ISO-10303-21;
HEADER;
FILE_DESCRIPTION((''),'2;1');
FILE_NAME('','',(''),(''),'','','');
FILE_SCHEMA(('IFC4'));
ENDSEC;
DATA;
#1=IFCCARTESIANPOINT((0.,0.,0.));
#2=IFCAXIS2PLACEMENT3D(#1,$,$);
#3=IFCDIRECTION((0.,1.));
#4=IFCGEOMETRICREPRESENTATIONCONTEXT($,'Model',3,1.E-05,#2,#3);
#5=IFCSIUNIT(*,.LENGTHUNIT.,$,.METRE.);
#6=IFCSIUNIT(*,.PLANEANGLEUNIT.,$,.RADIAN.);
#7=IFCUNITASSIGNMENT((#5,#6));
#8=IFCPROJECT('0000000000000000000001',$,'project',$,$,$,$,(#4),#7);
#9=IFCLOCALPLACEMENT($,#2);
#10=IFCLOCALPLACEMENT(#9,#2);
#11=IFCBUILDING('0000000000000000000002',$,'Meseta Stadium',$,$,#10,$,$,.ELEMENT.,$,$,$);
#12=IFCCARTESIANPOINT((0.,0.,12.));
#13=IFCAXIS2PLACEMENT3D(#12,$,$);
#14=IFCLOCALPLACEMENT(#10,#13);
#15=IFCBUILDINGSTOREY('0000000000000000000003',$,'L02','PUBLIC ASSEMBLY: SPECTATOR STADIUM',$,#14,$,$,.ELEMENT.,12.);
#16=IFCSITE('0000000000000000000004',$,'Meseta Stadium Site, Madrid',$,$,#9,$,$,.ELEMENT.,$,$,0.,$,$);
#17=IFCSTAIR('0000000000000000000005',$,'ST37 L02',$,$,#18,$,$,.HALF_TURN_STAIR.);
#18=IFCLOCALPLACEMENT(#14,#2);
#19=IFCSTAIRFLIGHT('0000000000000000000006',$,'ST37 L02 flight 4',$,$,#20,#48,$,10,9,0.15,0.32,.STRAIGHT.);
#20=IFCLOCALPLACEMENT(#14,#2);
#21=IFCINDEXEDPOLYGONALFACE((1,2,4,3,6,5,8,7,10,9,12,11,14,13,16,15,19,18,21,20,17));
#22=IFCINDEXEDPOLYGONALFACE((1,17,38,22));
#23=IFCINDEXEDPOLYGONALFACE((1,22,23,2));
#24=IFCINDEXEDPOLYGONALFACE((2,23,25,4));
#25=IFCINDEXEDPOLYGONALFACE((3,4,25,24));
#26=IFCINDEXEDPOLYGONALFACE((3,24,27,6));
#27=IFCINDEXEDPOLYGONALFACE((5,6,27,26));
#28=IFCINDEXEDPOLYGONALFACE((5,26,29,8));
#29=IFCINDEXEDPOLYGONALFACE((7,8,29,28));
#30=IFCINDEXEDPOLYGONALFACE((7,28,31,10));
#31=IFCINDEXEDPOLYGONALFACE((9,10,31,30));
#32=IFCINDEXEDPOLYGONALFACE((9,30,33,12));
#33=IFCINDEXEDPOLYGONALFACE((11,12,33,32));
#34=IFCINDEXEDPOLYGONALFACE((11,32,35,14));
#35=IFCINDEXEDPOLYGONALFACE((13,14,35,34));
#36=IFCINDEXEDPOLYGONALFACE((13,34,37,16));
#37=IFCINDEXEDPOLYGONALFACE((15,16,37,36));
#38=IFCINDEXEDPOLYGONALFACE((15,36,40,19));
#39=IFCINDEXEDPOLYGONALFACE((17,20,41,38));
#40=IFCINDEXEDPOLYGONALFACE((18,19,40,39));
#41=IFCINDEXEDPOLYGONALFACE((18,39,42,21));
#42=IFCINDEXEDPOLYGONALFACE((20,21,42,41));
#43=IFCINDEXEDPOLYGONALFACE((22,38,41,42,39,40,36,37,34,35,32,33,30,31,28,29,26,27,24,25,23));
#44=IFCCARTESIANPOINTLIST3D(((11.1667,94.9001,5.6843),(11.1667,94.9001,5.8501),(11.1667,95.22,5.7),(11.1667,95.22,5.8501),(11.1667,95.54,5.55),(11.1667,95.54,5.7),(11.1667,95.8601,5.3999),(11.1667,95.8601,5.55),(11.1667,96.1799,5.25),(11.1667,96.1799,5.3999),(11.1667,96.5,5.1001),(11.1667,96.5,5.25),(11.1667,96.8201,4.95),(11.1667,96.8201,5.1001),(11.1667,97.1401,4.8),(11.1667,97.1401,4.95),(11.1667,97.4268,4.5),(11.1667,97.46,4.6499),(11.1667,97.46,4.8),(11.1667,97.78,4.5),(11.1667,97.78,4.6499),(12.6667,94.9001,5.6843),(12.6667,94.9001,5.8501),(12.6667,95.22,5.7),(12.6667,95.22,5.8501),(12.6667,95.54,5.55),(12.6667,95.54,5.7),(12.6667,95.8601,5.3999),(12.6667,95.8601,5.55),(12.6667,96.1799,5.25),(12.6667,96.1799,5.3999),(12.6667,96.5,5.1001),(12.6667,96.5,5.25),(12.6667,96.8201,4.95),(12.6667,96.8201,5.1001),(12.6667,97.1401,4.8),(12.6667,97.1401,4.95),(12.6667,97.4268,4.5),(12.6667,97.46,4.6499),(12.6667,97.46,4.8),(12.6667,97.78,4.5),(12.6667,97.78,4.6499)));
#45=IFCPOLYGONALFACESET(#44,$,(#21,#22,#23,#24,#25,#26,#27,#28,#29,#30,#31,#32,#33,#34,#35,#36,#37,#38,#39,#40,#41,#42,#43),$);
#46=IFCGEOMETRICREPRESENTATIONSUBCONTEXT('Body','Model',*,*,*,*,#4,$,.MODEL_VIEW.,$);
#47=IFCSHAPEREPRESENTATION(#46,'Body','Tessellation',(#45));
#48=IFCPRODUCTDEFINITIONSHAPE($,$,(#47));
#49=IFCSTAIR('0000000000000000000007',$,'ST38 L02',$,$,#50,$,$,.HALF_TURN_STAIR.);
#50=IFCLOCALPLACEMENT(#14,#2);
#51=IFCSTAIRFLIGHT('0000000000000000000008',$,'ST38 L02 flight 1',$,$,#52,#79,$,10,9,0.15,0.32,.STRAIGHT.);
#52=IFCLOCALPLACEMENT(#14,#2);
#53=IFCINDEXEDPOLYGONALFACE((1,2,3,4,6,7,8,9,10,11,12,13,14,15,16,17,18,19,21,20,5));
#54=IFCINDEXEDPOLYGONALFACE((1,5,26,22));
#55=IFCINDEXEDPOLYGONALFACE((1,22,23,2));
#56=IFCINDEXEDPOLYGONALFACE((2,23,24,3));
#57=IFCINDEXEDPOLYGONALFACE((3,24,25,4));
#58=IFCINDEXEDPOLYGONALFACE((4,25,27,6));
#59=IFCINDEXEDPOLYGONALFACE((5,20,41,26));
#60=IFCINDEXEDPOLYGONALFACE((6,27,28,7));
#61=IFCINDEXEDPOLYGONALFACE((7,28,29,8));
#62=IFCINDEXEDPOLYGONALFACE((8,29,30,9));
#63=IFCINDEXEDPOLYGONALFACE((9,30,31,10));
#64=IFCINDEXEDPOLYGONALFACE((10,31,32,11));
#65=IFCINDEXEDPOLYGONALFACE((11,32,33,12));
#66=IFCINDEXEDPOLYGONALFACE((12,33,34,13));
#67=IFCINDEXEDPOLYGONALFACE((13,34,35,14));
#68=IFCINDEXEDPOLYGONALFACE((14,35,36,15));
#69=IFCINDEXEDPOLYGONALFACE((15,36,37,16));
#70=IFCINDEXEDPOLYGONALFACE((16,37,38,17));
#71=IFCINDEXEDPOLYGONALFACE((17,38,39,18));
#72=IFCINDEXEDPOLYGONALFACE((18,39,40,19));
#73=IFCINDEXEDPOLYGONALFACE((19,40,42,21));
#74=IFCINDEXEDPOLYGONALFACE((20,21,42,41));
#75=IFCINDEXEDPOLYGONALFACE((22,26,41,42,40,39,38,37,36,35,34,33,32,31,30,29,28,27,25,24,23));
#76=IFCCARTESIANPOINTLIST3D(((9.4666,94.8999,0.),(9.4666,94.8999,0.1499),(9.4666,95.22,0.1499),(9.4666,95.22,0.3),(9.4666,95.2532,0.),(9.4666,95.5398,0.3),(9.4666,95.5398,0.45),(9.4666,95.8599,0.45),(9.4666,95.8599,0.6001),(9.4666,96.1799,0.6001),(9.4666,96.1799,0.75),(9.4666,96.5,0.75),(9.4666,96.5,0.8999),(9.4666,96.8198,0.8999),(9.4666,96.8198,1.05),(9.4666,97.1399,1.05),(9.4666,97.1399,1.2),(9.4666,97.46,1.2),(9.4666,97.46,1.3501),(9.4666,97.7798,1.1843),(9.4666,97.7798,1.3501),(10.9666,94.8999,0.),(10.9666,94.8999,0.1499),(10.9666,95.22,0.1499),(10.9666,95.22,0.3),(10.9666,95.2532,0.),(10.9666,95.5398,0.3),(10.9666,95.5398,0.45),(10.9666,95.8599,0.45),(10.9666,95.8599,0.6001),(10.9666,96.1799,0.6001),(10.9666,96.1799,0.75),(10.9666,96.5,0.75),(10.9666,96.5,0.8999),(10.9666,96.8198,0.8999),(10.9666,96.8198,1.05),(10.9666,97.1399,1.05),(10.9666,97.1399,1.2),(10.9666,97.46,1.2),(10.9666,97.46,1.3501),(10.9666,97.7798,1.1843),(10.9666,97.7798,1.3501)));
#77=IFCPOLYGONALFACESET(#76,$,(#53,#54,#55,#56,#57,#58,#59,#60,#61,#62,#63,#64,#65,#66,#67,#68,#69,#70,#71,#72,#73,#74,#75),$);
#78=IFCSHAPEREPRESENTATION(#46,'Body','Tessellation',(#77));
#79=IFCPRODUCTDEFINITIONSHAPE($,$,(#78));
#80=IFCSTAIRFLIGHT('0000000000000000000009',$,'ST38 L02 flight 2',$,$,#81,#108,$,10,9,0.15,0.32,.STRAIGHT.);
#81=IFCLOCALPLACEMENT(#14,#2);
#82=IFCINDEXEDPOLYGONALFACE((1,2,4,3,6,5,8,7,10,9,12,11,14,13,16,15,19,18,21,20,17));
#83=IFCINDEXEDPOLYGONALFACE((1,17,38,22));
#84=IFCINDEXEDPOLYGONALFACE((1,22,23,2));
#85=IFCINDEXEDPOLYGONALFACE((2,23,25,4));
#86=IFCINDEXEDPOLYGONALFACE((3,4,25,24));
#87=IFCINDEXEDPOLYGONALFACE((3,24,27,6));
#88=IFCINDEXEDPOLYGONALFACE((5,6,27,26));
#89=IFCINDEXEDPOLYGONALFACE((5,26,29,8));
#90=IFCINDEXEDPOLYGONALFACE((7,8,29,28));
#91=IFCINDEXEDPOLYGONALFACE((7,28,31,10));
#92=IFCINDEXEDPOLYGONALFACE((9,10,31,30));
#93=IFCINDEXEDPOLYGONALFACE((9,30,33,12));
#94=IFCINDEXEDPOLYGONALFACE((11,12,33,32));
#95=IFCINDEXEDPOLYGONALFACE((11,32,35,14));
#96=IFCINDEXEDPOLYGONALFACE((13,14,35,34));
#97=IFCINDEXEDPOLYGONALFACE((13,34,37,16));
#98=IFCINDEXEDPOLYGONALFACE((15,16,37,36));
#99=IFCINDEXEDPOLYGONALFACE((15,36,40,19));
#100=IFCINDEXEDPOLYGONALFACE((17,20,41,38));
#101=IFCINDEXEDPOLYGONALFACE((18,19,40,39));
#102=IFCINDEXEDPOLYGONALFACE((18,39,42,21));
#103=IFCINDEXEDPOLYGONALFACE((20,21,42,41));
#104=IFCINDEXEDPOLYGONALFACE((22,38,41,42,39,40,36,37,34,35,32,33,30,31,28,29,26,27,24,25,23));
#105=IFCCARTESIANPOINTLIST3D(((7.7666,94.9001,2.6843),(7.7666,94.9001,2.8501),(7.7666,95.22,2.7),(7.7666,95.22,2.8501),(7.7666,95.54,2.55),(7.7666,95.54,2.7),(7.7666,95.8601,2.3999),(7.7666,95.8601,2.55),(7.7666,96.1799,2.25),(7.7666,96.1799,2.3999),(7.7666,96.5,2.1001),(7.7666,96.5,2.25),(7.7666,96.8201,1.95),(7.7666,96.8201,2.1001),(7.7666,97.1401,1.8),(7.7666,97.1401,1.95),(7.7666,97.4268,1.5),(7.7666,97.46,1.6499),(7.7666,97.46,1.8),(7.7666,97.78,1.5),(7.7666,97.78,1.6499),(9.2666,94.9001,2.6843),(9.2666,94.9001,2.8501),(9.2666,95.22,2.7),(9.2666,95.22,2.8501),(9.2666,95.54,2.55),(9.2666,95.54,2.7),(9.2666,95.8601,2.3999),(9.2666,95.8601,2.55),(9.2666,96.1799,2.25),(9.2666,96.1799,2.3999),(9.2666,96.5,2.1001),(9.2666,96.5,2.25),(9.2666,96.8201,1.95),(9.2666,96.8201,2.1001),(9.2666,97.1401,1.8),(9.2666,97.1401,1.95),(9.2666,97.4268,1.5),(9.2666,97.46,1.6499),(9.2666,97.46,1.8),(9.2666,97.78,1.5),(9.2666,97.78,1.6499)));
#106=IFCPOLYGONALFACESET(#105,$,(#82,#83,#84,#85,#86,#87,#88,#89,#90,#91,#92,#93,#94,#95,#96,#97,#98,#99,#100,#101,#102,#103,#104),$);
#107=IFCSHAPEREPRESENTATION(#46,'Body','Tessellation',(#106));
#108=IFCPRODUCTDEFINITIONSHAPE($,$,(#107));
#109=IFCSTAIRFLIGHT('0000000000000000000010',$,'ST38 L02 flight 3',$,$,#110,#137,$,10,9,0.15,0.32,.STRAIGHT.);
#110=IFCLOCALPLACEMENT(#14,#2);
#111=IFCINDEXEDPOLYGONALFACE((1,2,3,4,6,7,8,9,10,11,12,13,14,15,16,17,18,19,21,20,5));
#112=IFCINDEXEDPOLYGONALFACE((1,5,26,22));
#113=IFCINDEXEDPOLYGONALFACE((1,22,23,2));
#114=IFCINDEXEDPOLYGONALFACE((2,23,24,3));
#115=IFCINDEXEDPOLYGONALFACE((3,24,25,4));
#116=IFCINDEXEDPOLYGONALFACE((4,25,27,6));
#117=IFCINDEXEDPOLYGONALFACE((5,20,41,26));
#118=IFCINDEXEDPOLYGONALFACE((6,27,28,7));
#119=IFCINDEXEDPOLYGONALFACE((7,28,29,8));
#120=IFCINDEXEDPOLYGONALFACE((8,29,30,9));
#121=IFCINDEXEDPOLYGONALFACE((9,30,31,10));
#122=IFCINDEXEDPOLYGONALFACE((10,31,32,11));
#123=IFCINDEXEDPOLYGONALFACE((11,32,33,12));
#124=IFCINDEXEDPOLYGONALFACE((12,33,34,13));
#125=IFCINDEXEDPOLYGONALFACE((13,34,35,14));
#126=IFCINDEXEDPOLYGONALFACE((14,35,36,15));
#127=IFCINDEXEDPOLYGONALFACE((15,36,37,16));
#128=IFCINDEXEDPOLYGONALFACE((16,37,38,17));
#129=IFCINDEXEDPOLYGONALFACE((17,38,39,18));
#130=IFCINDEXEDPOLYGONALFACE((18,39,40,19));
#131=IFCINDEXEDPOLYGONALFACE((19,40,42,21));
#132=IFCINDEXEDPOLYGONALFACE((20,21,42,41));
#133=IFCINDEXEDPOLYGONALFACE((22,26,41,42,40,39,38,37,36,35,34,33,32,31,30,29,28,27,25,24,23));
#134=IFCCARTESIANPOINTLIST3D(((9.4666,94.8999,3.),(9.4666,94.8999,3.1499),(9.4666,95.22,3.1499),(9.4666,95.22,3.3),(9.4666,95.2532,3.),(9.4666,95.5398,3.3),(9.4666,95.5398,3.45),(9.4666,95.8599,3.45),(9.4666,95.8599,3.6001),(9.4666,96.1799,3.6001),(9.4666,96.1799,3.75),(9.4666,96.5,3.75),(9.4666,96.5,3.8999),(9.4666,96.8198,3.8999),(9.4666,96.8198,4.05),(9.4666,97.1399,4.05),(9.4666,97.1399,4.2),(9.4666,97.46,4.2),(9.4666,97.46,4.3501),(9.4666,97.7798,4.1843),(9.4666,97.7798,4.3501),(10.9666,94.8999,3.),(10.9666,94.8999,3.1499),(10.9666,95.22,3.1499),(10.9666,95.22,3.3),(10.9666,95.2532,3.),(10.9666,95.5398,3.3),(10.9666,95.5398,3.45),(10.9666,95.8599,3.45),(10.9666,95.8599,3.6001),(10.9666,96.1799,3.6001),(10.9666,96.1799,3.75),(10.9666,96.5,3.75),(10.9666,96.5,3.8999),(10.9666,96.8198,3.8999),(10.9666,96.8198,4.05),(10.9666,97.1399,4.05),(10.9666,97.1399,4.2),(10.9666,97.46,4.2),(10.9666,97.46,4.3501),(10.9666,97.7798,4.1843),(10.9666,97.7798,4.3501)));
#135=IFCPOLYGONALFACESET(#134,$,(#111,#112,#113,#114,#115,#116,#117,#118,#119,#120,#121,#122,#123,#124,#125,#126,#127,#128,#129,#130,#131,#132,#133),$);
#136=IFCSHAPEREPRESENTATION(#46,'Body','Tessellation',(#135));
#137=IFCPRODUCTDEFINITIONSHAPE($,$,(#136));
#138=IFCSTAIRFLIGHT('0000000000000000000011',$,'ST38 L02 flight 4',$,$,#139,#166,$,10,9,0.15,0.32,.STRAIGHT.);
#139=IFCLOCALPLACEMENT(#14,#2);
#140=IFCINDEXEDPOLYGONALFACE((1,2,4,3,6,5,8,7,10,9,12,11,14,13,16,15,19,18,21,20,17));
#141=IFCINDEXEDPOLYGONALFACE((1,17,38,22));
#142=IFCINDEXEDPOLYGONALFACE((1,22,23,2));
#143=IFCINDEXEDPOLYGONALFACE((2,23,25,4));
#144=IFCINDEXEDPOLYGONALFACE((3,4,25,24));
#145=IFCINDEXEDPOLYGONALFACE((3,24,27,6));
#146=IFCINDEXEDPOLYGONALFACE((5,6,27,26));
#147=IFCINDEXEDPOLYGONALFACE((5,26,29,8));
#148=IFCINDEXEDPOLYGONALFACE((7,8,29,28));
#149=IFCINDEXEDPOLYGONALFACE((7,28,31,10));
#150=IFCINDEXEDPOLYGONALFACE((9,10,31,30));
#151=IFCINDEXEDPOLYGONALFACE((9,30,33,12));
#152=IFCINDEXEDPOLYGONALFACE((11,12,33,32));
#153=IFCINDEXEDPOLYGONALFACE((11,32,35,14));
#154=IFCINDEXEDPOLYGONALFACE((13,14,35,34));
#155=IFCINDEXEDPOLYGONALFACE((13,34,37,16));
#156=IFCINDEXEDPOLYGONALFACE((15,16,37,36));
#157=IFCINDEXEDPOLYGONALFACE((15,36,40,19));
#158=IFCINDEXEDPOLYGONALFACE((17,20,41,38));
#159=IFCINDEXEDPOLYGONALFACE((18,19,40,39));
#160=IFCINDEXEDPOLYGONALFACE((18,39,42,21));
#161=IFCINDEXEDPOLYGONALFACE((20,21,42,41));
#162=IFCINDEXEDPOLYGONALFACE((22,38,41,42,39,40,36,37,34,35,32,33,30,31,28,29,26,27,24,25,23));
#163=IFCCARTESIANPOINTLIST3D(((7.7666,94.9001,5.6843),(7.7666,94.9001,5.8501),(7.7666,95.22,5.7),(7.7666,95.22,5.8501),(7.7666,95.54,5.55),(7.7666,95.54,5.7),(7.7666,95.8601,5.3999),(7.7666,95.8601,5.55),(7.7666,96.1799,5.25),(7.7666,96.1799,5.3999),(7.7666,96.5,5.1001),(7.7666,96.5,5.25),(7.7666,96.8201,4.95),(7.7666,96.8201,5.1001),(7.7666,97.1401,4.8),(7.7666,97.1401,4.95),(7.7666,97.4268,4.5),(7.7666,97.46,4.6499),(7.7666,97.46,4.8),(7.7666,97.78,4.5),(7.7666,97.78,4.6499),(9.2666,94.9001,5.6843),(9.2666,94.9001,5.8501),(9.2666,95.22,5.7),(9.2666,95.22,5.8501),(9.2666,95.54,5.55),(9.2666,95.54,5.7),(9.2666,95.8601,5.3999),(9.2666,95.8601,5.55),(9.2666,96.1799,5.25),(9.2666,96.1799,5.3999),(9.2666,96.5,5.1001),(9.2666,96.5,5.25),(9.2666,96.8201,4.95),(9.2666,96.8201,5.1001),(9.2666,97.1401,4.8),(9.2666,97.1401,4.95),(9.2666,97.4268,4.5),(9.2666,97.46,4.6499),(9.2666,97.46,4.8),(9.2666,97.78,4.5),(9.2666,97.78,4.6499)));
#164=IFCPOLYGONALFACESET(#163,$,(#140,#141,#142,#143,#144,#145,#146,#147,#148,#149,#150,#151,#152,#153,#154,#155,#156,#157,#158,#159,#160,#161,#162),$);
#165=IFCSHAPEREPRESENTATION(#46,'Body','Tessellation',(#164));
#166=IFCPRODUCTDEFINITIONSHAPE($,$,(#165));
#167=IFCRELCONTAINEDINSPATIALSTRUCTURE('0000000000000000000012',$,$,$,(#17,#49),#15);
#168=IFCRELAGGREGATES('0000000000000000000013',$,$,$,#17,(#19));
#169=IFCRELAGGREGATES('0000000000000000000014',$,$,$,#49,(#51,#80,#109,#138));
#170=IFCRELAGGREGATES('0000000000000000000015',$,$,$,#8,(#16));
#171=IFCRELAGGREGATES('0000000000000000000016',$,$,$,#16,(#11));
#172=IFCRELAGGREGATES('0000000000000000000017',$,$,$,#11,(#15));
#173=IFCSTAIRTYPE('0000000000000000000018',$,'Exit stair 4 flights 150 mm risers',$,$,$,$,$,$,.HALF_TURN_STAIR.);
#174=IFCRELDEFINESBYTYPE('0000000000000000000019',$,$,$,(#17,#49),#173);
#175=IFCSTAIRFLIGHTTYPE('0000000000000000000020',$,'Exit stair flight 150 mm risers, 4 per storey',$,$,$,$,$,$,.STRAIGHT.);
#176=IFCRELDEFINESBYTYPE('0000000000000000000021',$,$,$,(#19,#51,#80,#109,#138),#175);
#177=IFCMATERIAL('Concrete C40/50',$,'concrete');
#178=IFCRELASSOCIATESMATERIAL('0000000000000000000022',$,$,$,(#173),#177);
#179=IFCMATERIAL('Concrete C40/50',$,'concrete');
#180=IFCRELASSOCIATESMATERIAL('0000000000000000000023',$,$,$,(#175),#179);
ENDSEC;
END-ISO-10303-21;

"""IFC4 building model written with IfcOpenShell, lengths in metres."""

from ifc_helpers import new_model, si_unit, direction, frame, origin, place, context, subcontext, project, spatial, polyline, outline, extrude, material, type_object, element, aggregate, save


model = new_model("IFC4")

# Units and contexts
model_context = context("Model", 3, precision=1e-05, world=origin(), true_north=direction((0.0, 1.0)))
body_context = subcontext(model_context, "Body", "Model", "MODEL_VIEW")
ifc_project = project(units=[si_unit("LENGTHUNIT", "METRE"), si_unit("PLANEANGLEUNIT", "RADIAN")], contexts=[model_context])

# Site, building, storey
site_placement = place(None, origin())
site = spatial("IfcSite", under=ifc_project, at=site_placement, Name="Meseta Stadium Site, Madrid", CompositionType="ELEMENT", RefElevation=0.0)
building_placement = place(site_placement, origin())
building = spatial("IfcBuilding", under=site, at=building_placement, Name="Meseta Stadium", CompositionType="ELEMENT")
storey_placement = place(building_placement, frame((0.0, 0.0, 12.0)))
storey = spatial("IfcBuildingStorey", under=building, at=storey_placement, Name="L02", Description="PUBLIC ASSEMBLY: SPECTATOR STADIUM", CompositionType="ELEMENT", Elevation=12.0)

# Stairs, stair flights
ifc_material_1 = material(Name="Concrete C40/50", Category="concrete")
stair_type = type_object("IfcStairType", Name="Exit stair 4 flights 150 mm risers", PredefinedType="HALF_TURN_STAIR", material=ifc_material_1)
stair_1_placement = place(storey_placement, origin())
stair_1 = element("IfcStair", 1, at=stair_1_placement, inside=storey, type_object=stair_type, Name="ST37 L02", PredefinedType="HALF_TURN_STAIR")
ifc_material_2 = material(Name="Concrete C40/50", Category="concrete")
stair_flight_type = type_object("IfcStairFlightType", Name="Exit stair flight 150 mm risers, 4 per storey", PredefinedType="STRAIGHT", material=ifc_material_2)
stair_flight_1_placement = place(storey_placement, frame((11.9167, 97.78, 4.5), z_axis=(0.0, 0.0, 1.0), x_axis=(0.0, -1.0, 0.0)))
stair_flight_1 = element("IfcStairFlight", 2, at=stair_flight_1_placement, type_object=stair_flight_type, Name="ST37 L02 flight 4", NumberOfRisers=10, NumberOfTreads=9, PredefinedType="STRAIGHT", RiserHeight=0.15, TreadLength=0.32, context=body_context, shape_type="SweptSolid", body=[
    extrude(outline(polyline([(0.0, 0.0), (0.0, 0.1499), (0.3201, 0.1499), (0.3201, 0.3), (0.6399, 0.3), (0.6399, 0.45), (0.96, 0.45), (0.96, 0.6001), (1.28, 0.6001), (1.28, 0.75), (1.6001, 0.75), (1.6001, 0.8999), (1.9199, 0.8999), (1.9199, 1.05), (2.24, 1.05), (2.24, 1.2), (2.5601, 1.2), (2.5601, 1.3501), (2.8799, 1.3501), (2.8799, 1.1843), (0.3533, 0.0), (0.0, 0.0)])), frame((0.0, 0.75, 0.0), z_axis=(0.0, -1.0, 0.0), x_axis=(1.0, 0.0, 0.0)), (0.0, 0.0, 1.0), 1.5),
])
aggregate(stair_1, [stair_flight_1])
stair_2_placement = place(storey_placement, origin())
stair_2 = element("IfcStair", 3, at=stair_2_placement, inside=storey, type_object=stair_type, Name="ST38 L02", PredefinedType="HALF_TURN_STAIR")
stair_flight_2_placement = place(storey_placement, frame((10.2166, 94.8999, 0.0), z_axis=(0.0, 0.0, 1.0), x_axis=(0.0, 1.0, 0.0)))
stair_flight_2 = element("IfcStairFlight", 4, at=stair_flight_2_placement, type_object=stair_flight_type, Name="ST38 L02 flight 1", NumberOfRisers=10, NumberOfTreads=9, PredefinedType="STRAIGHT", RiserHeight=0.15, TreadLength=0.32, context=body_context, shape_type="SweptSolid", body=[
    extrude(outline(polyline([(0.0, 0.0), (0.0, 0.1499), (0.3201, 0.1499), (0.3201, 0.3), (0.6399, 0.3), (0.6399, 0.45), (0.96, 0.45), (0.96, 0.6001), (1.28, 0.6001), (1.28, 0.75), (1.6001, 0.75), (1.6001, 0.8999), (1.9199, 0.8999), (1.9199, 1.05), (2.24, 1.05), (2.24, 1.2), (2.5601, 1.2), (2.5601, 1.3501), (2.8799, 1.3501), (2.8799, 1.1843), (0.3533, 0.0), (0.0, 0.0)])), frame((0.0, 0.75, 0.0), z_axis=(0.0, -1.0, 0.0), x_axis=(1.0, 0.0, 0.0)), (0.0, 0.0, 1.0), 1.5),
])
stair_flight_3_placement = place(storey_placement, frame((8.5166, 97.78, 1.5), z_axis=(0.0, 0.0, 1.0), x_axis=(0.0, -1.0, 0.0)))
stair_flight_3 = element("IfcStairFlight", 5, at=stair_flight_3_placement, type_object=stair_flight_type, Name="ST38 L02 flight 2", NumberOfRisers=10, NumberOfTreads=9, PredefinedType="STRAIGHT", RiserHeight=0.15, TreadLength=0.32, context=body_context, shape_type="SweptSolid", body=[
    extrude(outline(polyline([(0.0, 0.0), (0.0, 0.1499), (0.3201, 0.1499), (0.3201, 0.3), (0.6399, 0.3), (0.6399, 0.45), (0.96, 0.45), (0.96, 0.6001), (1.28, 0.6001), (1.28, 0.75), (1.6001, 0.75), (1.6001, 0.8999), (1.9199, 0.8999), (1.9199, 1.05), (2.24, 1.05), (2.24, 1.2), (2.5601, 1.2), (2.5601, 1.3501), (2.8799, 1.3501), (2.8799, 1.1843), (0.3533, 0.0), (0.0, 0.0)])), frame((0.0, 0.75, 0.0), z_axis=(0.0, -1.0, 0.0), x_axis=(1.0, 0.0, 0.0)), (0.0, 0.0, 1.0), 1.5),
])
stair_flight_4_placement = place(storey_placement, frame((10.2166, 94.8999, 3.0), z_axis=(0.0, 0.0, 1.0), x_axis=(0.0, 1.0, 0.0)))
stair_flight_4 = element("IfcStairFlight", 6, at=stair_flight_4_placement, type_object=stair_flight_type, Name="ST38 L02 flight 3", NumberOfRisers=10, NumberOfTreads=9, PredefinedType="STRAIGHT", RiserHeight=0.15, TreadLength=0.32, context=body_context, shape_type="SweptSolid", body=[
    extrude(outline(polyline([(0.0, 0.0), (0.0, 0.1499), (0.3201, 0.1499), (0.3201, 0.3), (0.6399, 0.3), (0.6399, 0.45), (0.96, 0.45), (0.96, 0.6001), (1.28, 0.6001), (1.28, 0.75), (1.6001, 0.75), (1.6001, 0.8999), (1.9199, 0.8999), (1.9199, 1.05), (2.24, 1.05), (2.24, 1.2), (2.5601, 1.2), (2.5601, 1.3501), (2.8799, 1.3501), (2.8799, 1.1843), (0.3533, 0.0), (0.0, 0.0)])), frame((0.0, 0.75, 0.0), z_axis=(0.0, -1.0, 0.0), x_axis=(1.0, 0.0, 0.0)), (0.0, 0.0, 1.0), 1.5),
])
stair_flight_5_placement = place(storey_placement, frame((8.5166, 97.78, 4.5), z_axis=(0.0, 0.0, 1.0), x_axis=(0.0, -1.0, 0.0)))
stair_flight_5 = element("IfcStairFlight", 7, at=stair_flight_5_placement, type_object=stair_flight_type, Name="ST38 L02 flight 4", NumberOfRisers=10, NumberOfTreads=9, PredefinedType="STRAIGHT", RiserHeight=0.15, TreadLength=0.32, context=body_context, shape_type="SweptSolid", body=[
    extrude(outline(polyline([(0.0, 0.0), (0.0, 0.1499), (0.3201, 0.1499), (0.3201, 0.3), (0.6399, 0.3), (0.6399, 0.45), (0.96, 0.45), (0.96, 0.6001), (1.28, 0.6001), (1.28, 0.75), (1.6001, 0.75), (1.6001, 0.8999), (1.9199, 0.8999), (1.9199, 1.05), (2.24, 1.05), (2.24, 1.2), (2.5601, 1.2), (2.5601, 1.3501), (2.8799, 1.3501), (2.8799, 1.1843), (0.3533, 0.0), (0.0, 0.0)])), frame((0.0, 0.75, 0.0), z_axis=(0.0, -1.0, 0.0), x_axis=(1.0, 0.0, 0.0)), (0.0, 0.0, 1.0), 1.5),
])
aggregate(stair_2, [stair_flight_2, stair_flight_3, stair_flight_4, stair_flight_5])

save(model, "model.ifc")
